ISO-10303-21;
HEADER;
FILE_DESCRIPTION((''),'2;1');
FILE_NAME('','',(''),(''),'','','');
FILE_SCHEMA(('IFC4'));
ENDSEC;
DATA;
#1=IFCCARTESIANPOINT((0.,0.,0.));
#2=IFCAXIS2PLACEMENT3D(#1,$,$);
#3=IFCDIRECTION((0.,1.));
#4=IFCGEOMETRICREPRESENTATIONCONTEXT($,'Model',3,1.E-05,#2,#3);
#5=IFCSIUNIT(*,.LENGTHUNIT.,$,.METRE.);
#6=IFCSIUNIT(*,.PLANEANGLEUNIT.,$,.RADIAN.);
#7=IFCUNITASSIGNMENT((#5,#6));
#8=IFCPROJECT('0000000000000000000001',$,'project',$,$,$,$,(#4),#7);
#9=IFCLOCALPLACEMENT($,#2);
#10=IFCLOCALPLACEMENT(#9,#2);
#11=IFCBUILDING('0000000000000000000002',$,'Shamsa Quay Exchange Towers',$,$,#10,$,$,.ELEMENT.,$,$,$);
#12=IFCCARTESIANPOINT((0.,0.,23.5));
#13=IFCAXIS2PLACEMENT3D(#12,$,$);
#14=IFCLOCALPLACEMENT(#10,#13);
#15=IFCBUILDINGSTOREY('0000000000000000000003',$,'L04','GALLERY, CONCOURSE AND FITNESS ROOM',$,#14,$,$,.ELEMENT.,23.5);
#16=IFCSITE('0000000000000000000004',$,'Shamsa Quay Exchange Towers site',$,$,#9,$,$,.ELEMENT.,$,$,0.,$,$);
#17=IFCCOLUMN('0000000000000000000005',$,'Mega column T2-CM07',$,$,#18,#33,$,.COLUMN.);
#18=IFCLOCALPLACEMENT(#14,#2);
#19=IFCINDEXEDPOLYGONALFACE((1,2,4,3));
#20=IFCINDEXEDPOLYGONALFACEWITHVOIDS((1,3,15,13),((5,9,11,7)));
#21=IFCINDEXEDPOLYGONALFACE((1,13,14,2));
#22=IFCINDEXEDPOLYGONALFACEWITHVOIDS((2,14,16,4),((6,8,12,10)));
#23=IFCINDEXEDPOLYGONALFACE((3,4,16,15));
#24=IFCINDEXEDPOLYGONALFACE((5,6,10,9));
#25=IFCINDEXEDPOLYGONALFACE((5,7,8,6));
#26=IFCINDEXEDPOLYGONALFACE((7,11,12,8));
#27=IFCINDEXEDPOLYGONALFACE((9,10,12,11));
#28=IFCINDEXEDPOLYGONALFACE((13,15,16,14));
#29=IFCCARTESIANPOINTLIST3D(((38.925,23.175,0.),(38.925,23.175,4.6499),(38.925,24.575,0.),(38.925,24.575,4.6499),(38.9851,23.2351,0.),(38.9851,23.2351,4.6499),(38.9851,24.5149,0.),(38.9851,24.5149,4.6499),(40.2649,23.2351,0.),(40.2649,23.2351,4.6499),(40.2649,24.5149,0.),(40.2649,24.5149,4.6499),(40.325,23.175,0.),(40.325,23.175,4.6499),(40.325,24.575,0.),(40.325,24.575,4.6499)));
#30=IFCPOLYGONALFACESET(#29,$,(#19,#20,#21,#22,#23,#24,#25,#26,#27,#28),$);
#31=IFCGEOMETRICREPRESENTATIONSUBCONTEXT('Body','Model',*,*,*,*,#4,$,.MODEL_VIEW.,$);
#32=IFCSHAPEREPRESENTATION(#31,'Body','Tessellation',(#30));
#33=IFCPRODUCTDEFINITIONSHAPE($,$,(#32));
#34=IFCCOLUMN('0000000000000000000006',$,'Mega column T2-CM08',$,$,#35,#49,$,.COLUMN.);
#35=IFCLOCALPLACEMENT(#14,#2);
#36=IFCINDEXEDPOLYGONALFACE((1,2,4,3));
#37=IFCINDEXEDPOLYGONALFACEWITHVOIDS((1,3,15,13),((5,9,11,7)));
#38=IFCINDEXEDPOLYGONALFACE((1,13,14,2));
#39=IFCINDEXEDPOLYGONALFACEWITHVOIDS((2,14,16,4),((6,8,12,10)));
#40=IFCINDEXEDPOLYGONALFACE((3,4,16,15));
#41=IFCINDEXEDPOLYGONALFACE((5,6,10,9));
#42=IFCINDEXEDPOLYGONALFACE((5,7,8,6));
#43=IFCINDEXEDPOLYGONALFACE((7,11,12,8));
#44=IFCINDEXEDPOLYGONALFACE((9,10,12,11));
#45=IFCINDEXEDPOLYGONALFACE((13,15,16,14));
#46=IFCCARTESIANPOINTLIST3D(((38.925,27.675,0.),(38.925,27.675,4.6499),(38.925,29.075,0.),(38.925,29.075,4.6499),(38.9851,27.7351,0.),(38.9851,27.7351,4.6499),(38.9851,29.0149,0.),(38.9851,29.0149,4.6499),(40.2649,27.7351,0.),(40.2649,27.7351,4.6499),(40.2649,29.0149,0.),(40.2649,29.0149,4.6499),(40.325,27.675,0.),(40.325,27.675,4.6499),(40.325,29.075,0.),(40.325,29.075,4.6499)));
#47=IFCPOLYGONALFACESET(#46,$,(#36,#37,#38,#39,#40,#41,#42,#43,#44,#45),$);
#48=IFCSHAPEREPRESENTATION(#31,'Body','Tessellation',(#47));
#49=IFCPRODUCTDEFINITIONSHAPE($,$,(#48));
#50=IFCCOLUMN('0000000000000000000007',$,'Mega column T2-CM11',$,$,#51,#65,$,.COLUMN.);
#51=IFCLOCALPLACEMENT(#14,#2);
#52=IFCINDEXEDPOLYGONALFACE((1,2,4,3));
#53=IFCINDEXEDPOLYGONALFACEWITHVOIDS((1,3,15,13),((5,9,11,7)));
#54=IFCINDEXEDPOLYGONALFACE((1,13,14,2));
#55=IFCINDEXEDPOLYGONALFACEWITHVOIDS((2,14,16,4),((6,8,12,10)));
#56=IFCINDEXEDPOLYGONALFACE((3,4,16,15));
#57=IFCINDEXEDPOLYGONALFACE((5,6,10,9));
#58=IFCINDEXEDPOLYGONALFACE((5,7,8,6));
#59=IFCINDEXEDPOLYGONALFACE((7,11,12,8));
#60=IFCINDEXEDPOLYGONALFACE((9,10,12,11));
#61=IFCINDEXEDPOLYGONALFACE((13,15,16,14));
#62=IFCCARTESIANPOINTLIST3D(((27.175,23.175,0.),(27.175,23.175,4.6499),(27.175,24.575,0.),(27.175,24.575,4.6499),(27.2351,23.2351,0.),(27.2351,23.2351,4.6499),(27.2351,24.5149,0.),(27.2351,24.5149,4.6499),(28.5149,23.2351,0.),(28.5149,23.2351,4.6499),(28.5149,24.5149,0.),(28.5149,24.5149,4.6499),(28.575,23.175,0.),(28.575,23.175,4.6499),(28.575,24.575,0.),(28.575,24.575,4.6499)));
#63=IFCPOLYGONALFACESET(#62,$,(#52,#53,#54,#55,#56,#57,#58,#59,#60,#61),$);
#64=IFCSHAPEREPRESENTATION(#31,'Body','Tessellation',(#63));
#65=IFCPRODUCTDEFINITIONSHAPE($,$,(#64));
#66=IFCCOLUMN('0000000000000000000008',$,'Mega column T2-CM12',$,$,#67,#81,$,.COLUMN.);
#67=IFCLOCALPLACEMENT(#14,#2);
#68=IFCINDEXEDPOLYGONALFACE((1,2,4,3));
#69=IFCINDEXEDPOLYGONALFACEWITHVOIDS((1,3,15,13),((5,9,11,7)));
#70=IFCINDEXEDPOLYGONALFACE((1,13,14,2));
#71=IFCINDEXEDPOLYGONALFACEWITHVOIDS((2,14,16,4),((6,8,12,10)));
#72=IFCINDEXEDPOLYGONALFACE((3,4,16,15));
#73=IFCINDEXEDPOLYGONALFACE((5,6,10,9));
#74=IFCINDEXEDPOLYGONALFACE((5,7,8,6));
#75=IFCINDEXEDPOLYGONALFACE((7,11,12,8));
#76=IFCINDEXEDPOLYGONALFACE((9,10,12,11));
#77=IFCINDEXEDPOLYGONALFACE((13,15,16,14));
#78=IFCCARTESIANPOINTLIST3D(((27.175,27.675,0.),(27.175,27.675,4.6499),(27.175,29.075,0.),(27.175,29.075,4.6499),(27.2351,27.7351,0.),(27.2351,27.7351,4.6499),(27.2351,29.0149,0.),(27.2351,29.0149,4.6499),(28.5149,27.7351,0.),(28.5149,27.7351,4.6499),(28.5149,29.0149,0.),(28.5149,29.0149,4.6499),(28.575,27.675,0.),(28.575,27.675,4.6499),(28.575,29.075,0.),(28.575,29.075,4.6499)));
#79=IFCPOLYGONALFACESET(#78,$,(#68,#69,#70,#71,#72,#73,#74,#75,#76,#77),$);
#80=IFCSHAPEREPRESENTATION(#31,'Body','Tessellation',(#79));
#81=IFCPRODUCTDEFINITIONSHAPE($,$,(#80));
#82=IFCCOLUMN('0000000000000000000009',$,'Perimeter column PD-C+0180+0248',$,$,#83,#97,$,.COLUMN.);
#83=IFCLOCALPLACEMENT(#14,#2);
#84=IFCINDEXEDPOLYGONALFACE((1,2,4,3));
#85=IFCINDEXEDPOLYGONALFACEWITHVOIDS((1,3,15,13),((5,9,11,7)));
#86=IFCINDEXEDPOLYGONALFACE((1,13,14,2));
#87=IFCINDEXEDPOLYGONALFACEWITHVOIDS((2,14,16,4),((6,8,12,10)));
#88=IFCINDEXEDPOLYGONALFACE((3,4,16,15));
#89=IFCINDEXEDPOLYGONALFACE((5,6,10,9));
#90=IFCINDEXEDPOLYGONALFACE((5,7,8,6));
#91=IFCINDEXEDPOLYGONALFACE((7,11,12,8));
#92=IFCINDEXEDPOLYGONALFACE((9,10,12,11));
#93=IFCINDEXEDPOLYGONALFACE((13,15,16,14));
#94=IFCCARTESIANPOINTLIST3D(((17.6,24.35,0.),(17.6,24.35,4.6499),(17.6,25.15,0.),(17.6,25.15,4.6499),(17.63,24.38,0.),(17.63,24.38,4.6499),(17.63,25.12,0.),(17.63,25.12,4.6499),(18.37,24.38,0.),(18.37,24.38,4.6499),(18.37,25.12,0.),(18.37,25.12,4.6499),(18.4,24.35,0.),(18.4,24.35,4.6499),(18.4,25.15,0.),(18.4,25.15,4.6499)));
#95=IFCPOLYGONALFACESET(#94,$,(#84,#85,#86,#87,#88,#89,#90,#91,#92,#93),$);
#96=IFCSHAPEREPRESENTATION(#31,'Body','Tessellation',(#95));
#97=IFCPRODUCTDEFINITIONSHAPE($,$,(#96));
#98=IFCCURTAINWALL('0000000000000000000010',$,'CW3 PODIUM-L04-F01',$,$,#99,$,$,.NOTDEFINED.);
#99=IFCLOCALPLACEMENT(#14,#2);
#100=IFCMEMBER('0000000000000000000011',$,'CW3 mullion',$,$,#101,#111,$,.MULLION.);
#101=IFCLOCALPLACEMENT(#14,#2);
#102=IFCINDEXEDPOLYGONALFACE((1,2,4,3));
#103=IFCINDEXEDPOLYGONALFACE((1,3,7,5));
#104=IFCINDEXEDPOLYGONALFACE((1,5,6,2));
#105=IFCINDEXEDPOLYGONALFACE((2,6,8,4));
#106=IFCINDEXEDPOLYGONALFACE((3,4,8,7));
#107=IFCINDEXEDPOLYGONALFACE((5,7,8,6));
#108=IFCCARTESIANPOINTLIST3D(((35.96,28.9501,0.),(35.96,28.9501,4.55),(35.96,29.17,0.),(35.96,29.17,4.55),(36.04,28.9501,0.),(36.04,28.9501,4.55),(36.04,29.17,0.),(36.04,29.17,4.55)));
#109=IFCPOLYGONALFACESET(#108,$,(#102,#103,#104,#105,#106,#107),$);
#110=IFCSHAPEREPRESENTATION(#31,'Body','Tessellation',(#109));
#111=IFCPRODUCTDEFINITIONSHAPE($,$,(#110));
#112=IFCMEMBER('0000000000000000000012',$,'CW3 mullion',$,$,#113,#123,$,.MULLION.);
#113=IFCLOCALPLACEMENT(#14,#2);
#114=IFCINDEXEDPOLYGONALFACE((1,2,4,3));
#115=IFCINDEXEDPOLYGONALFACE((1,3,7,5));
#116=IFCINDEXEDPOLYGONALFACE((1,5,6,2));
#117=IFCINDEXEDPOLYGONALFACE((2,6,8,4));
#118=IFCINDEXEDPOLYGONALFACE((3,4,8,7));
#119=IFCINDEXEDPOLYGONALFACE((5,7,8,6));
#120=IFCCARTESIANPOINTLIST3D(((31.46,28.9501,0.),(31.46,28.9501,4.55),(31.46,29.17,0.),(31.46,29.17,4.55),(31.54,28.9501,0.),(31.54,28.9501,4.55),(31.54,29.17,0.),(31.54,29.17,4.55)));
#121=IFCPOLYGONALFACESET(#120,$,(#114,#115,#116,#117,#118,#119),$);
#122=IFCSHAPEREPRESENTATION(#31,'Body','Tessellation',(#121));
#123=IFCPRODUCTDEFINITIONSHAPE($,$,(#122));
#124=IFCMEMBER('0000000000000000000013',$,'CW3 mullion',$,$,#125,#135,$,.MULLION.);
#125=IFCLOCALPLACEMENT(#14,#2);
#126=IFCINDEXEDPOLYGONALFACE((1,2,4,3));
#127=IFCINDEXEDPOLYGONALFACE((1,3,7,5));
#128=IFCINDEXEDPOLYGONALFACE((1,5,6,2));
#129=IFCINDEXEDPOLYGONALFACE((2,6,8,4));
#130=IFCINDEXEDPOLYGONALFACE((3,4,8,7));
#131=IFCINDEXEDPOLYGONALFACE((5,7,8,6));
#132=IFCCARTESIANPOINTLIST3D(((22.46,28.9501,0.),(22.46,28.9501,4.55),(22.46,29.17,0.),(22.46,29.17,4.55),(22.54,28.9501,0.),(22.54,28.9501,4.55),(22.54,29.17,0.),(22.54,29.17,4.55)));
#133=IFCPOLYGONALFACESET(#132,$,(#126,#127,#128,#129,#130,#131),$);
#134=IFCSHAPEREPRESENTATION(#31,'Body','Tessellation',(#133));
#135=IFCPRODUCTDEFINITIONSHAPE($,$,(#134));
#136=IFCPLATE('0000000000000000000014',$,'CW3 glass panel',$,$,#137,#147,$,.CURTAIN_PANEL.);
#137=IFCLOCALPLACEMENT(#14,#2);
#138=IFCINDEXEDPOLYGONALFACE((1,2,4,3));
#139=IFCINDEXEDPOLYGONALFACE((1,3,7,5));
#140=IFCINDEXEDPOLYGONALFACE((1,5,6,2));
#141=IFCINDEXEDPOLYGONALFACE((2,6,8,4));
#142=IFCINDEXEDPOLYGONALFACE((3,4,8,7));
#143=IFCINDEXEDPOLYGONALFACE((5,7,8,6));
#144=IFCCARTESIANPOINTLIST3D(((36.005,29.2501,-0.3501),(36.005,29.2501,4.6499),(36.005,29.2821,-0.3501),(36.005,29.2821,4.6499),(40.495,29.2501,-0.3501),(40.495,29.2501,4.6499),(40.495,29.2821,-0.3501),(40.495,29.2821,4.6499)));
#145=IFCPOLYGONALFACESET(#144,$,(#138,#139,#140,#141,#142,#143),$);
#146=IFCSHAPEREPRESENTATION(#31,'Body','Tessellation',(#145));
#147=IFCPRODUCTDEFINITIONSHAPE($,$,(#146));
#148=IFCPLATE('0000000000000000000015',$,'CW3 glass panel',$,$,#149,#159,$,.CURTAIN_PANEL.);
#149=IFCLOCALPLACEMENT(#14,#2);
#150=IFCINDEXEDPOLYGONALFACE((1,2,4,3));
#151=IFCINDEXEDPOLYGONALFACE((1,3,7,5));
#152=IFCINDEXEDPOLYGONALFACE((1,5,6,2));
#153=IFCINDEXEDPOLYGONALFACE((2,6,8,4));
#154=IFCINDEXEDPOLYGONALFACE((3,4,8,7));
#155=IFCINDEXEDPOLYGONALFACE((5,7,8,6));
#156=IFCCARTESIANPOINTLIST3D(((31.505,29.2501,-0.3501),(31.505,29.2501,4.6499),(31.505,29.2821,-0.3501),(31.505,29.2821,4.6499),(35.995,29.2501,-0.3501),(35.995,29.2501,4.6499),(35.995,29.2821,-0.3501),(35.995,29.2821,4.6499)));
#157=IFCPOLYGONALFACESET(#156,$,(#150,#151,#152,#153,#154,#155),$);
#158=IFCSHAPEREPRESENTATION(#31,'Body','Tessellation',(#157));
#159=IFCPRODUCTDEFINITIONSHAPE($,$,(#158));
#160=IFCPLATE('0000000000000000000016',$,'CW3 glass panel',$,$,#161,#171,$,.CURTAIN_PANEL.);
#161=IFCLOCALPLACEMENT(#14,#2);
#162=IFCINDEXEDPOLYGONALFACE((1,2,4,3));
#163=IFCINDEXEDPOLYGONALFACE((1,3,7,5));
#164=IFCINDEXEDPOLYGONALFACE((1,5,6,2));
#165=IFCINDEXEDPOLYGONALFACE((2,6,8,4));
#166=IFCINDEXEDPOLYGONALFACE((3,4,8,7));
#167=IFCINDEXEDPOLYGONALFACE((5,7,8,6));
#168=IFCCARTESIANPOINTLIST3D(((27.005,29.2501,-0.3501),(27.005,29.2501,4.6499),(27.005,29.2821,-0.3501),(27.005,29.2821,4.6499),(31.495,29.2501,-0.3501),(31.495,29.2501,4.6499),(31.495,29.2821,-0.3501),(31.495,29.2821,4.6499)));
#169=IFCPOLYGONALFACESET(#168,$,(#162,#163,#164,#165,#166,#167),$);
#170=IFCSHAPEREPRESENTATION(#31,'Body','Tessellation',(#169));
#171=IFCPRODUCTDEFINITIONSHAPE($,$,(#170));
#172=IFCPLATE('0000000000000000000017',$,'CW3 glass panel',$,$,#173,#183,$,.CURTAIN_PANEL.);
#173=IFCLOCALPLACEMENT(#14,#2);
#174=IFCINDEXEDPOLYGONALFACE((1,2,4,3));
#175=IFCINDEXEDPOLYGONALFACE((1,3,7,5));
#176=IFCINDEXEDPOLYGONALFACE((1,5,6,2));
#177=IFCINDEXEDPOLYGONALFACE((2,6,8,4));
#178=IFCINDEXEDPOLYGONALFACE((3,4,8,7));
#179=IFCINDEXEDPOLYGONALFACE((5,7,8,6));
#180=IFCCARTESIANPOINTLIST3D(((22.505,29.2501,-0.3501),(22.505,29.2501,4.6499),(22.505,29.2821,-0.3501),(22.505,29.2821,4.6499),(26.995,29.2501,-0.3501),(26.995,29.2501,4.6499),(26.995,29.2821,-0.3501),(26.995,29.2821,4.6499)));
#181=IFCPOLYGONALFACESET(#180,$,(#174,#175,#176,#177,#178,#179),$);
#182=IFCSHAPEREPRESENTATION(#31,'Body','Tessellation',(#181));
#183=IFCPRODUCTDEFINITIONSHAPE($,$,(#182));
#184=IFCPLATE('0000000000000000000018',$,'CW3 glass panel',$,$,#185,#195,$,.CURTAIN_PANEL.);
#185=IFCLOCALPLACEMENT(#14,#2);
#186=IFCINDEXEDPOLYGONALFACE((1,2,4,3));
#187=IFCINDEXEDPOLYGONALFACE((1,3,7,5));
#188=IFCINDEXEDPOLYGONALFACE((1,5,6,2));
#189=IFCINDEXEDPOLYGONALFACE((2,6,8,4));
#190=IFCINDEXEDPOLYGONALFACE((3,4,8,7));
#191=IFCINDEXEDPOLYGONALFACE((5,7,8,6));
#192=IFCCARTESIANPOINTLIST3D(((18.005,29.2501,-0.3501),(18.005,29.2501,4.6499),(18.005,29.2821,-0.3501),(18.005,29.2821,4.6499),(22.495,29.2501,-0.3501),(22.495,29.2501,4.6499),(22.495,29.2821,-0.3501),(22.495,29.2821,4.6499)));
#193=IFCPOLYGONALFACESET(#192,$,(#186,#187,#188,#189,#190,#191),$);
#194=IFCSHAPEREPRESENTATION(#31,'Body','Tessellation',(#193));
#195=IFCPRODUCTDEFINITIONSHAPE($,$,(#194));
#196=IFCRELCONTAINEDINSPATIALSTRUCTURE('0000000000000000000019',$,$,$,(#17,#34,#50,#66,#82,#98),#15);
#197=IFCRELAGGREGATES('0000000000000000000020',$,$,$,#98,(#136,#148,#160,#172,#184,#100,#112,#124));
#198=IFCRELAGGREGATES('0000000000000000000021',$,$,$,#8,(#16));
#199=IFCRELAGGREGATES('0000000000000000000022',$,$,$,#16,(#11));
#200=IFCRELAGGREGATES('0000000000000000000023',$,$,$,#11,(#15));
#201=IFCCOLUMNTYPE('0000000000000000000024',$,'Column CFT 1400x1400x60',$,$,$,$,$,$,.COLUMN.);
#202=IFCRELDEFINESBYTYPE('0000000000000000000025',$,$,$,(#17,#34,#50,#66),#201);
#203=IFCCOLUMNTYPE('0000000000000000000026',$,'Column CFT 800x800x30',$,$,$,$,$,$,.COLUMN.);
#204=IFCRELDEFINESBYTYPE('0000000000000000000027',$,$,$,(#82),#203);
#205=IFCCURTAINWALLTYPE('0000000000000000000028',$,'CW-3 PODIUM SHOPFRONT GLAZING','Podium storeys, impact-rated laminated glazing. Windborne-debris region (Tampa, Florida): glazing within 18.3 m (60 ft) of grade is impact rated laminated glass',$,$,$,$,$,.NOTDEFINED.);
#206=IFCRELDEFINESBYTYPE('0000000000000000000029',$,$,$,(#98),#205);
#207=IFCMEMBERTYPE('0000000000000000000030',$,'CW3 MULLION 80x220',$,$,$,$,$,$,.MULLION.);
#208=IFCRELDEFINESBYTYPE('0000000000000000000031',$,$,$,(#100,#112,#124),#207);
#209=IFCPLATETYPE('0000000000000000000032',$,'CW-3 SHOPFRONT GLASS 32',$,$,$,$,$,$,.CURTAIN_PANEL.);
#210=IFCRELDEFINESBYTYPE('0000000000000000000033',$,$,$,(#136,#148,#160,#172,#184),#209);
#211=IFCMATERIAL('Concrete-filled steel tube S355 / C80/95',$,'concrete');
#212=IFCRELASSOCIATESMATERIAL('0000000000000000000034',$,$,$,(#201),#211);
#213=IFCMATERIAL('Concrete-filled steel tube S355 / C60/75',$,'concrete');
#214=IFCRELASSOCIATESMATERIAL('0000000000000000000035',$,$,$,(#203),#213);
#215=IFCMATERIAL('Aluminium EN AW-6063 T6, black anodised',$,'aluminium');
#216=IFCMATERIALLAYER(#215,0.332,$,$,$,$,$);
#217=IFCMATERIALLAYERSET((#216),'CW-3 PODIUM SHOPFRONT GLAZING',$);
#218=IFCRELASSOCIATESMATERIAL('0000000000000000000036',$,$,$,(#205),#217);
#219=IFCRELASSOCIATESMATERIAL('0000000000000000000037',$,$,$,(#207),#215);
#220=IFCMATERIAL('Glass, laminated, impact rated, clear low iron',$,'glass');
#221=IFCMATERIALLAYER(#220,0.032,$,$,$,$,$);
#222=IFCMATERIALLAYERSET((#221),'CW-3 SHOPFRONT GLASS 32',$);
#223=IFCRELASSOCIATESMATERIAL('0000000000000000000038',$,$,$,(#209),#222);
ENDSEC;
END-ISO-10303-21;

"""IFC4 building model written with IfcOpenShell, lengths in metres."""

from ifc_helpers import new_model, si_unit, direction, frame, origin, origin_2d, place, context, subcontext, project, spatial, rectangle, hollow_rectangle, extrude, material, layer, layer_set, material_profile, profile_set, type_object, element, aggregate, save


model = new_model("IFC4")

# Units and contexts
model_context = context("Model", 3, precision=1e-05, world=origin(), true_north=direction((0.0, 1.0)))
body_context = subcontext(model_context, "Body", "Model", "MODEL_VIEW")
ifc_project = project(units=[si_unit("LENGTHUNIT", "METRE"), si_unit("PLANEANGLEUNIT", "RADIAN")], contexts=[model_context])

# Site, building, storey
site_placement = place(None, origin())
site = spatial("IfcSite", under=ifc_project, at=site_placement, Name="Shamsa Quay Exchange Towers site", CompositionType="ELEMENT", RefElevation=0.0)
building_placement = place(site_placement, origin())
building = spatial("IfcBuilding", under=site, at=building_placement, Name="Shamsa Quay Exchange Towers", CompositionType="ELEMENT")
storey_placement = place(building_placement, frame((0.0, 0.0, 23.5)))
storey = spatial("IfcBuildingStorey", under=building, at=storey_placement, Name="L04", Description="GALLERY, CONCOURSE AND FITNESS ROOM", CompositionType="ELEMENT", Elevation=23.5)

# Columns
ifc_material_1 = material(Name="Concrete-filled steel tube S355 / C80/95", Category="concrete")
ifc_material_profile_1 = material_profile(ifc_material_1, hollow_rectangle(XDim=1.3999, YDim=1.3999, WallThickness=0.0601, at=origin_2d()), Name="CFT 1400x1400x60")
ifc_profile_set_1 = profile_set([ifc_material_profile_1], Name="Concrete-filled steel tube S355 / C80/95")
column_type_1 = type_object("IfcColumnType", Name="Column CFT 1400x1400x60", PredefinedType="COLUMN", material=ifc_profile_set_1)
for number, where, name in (
    (1, (39.625, 23.875, 0.0), "Mega column T2-CM07"),
    (2, (39.625, 28.375, 0.0), "Mega column T2-CM08"),
    (3, (27.875, 23.875, 0.0), "Mega column T2-CM11"),
    (4, (27.875, 28.375, 0.0), "Mega column T2-CM12"),
):
    element("IfcColumn", number, at=place(storey_placement, frame(where)), inside=storey, type_object=column_type_1, Name=name, PredefinedType="COLUMN", context=body_context, shape_type="SweptSolid", body=[
        extrude(hollow_rectangle(XDim=1.3999, YDim=1.3999, WallThickness=0.0601, at=origin_2d()), origin(), (0.0, 0.0, 1.0), 4.6499),
    ])
ifc_material_2 = material(Name="Concrete-filled steel tube S355 / C60/75", Category="concrete")
ifc_material_profile_2 = material_profile(ifc_material_2, hollow_rectangle(XDim=0.8, YDim=0.8, WallThickness=0.03, at=origin_2d()), Name="CFT 800x800x30")
ifc_profile_set_2 = profile_set([ifc_material_profile_2], Name="Concrete-filled steel tube S355 / C60/75")
column_type_2 = type_object("IfcColumnType", Name="Column CFT 800x800x30", PredefinedType="COLUMN", material=ifc_profile_set_2)
column_placement = place(storey_placement, frame((18.0, 24.75, 0.0)))
element("IfcColumn", 5, at=column_placement, inside=storey, type_object=column_type_2, Name="Perimeter column PD-C+0180+0248", PredefinedType="COLUMN", context=body_context, shape_type="SweptSolid", body=[
    extrude(hollow_rectangle(XDim=0.8, YDim=0.8, WallThickness=0.03, at=origin_2d()), origin(), (0.0, 0.0, 1.0), 4.6499),
])

# Curtain wall, members, plates
ifc_material_3 = material(Name="Aluminium EN AW-6063 T6, black anodised", Category="aluminium")
ifc_layer_1 = layer(ifc_material_3, 0.332)
ifc_layer_set_1 = layer_set([ifc_layer_1], Name="CW-3 PODIUM SHOPFRONT GLAZING")
curtain_wall_type = type_object("IfcCurtainWallType", Name="CW-3 PODIUM SHOPFRONT GLAZING", Description="Podium storeys, impact-rated laminated glazing. Windborne-debris region (Tampa, Florida): glazing within 18.3 m (60 ft) of grade is impact rated laminated glass", PredefinedType="NOTDEFINED", material=ifc_layer_set_1)
curtain_wall_placement = place(storey_placement, origin())
curtain_wall = element("IfcCurtainWall", 6, at=curtain_wall_placement, inside=storey, type_object=curtain_wall_type, Name="CW3 PODIUM-L04-F01", PredefinedType="NOTDEFINED")
ifc_material_profile_3 = material_profile(ifc_material_3, rectangle(XDim=0.22, YDim=0.0801, at=origin_2d()), Name="MU80x220")
ifc_profile_set_3 = profile_set([ifc_material_profile_3], Name="Aluminium EN AW-6063 T6, black anodised")
member_type = type_object("IfcMemberType", Name="CW3 MULLION 80x220", PredefinedType="MULLION", material=ifc_profile_set_3)
member_1_placement = place(storey_placement, frame((36.0, 29.0601, 0.0), z_axis=(0.0, 0.0, 1.0), x_axis=(0.0, -1.0, 0.0)))
member_1 = element("IfcMember", 7, at=member_1_placement, type_object=member_type, Name="CW3 mullion", PredefinedType="MULLION", context=body_context, shape_type="SweptSolid", body=[
    extrude(rectangle(XDim=0.22, YDim=0.0801, at=origin_2d()), origin(), (0.0, 0.0, 1.0), 4.55),
])
member_2_placement = place(storey_placement, frame((31.5, 29.0601, 0.0), z_axis=(0.0, 0.0, 1.0), x_axis=(0.0, -1.0, 0.0)))
member_2 = element("IfcMember", 8, at=member_2_placement, type_object=member_type, Name="CW3 mullion", PredefinedType="MULLION", context=body_context, shape_type="SweptSolid", body=[
    extrude(rectangle(XDim=0.22, YDim=0.0801, at=origin_2d()), origin(), (0.0, 0.0, 1.0), 4.55),
])
member_3_placement = place(storey_placement, frame((22.5, 29.0601, 0.0), z_axis=(0.0, 0.0, 1.0), x_axis=(0.0, -1.0, 0.0)))
member_3 = element("IfcMember", 9, at=member_3_placement, type_object=member_type, Name="CW3 mullion", PredefinedType="MULLION", context=body_context, shape_type="SweptSolid", body=[
    extrude(rectangle(XDim=0.22, YDim=0.0801, at=origin_2d()), origin(), (0.0, 0.0, 1.0), 4.55),
])
ifc_material_4 = material(Name="Glass, laminated, impact rated, clear low iron", Category="glass")
ifc_layer_2 = layer(ifc_material_4, 0.032)
ifc_layer_set_2 = layer_set([ifc_layer_2], Name="CW-3 SHOPFRONT GLASS 32")
plate_type = type_object("IfcPlateType", Name="CW-3 SHOPFRONT GLASS 32", PredefinedType="CURTAIN_PANEL", material=ifc_layer_set_2)
plate_1_placement = place(storey_placement, frame((38.25, 29.2661, -0.3501), z_axis=(0.0, 0.0, 1.0), x_axis=(-1.0, 0.0, 0.0)))
plate_1 = element("IfcPlate", 10, at=plate_1_placement, type_object=plate_type, Name="CW3 glass panel", PredefinedType="CURTAIN_PANEL", context=body_context, shape_type="SweptSolid", body=[
    extrude(rectangle(XDim=4.49, YDim=0.032, at=origin_2d()), origin(), (0.0, 0.0, 1.0), 5.0),
])
plate_2_placement = place(storey_placement, frame((33.75, 29.2661, -0.3501), z_axis=(0.0, 0.0, 1.0), x_axis=(-1.0, 0.0, 0.0)))
plate_2 = element("IfcPlate", 11, at=plate_2_placement, type_object=plate_type, Name="CW3 glass panel", PredefinedType="CURTAIN_PANEL", context=body_context, shape_type="SweptSolid", body=[
    extrude(rectangle(XDim=4.49, YDim=0.032, at=origin_2d()), origin(), (0.0, 0.0, 1.0), 5.0),
])
plate_3_placement = place(storey_placement, frame((29.25, 29.2661, -0.3501), z_axis=(0.0, 0.0, 1.0), x_axis=(-1.0, 0.0, 0.0)))
plate_3 = element("IfcPlate", 12, at=plate_3_placement, type_object=plate_type, Name="CW3 glass panel", PredefinedType="CURTAIN_PANEL", context=body_context, shape_type="SweptSolid", body=[
    extrude(rectangle(XDim=4.49, YDim=0.032, at=origin_2d()), origin(), (0.0, 0.0, 1.0), 5.0),
])
plate_4_placement = place(storey_placement, frame((24.75, 29.2661, -0.3501), z_axis=(0.0, 0.0, 1.0), x_axis=(-1.0, 0.0, 0.0)))
plate_4 = element("IfcPlate", 13, at=plate_4_placement, type_object=plate_type, Name="CW3 glass panel", PredefinedType="CURTAIN_PANEL", context=body_context, shape_type="SweptSolid", body=[
    extrude(rectangle(XDim=4.49, YDim=0.032, at=origin_2d()), origin(), (0.0, 0.0, 1.0), 5.0),
])
plate_5_placement = place(storey_placement, frame((20.25, 29.2661, -0.3501), z_axis=(0.0, 0.0, 1.0), x_axis=(-1.0, 0.0, 0.0)))
plate_5 = element("IfcPlate", 14, at=plate_5_placement, type_object=plate_type, Name="CW3 glass panel", PredefinedType="CURTAIN_PANEL", context=body_context, shape_type="SweptSolid", body=[
    extrude(rectangle(XDim=4.49, YDim=0.032, at=origin_2d()), origin(), (0.0, 0.0, 1.0), 5.0),
])
aggregate(curtain_wall, [plate_1, plate_2, plate_3, plate_4, plate_5, member_1, member_2, member_3])

save(model, "model.ifc")
